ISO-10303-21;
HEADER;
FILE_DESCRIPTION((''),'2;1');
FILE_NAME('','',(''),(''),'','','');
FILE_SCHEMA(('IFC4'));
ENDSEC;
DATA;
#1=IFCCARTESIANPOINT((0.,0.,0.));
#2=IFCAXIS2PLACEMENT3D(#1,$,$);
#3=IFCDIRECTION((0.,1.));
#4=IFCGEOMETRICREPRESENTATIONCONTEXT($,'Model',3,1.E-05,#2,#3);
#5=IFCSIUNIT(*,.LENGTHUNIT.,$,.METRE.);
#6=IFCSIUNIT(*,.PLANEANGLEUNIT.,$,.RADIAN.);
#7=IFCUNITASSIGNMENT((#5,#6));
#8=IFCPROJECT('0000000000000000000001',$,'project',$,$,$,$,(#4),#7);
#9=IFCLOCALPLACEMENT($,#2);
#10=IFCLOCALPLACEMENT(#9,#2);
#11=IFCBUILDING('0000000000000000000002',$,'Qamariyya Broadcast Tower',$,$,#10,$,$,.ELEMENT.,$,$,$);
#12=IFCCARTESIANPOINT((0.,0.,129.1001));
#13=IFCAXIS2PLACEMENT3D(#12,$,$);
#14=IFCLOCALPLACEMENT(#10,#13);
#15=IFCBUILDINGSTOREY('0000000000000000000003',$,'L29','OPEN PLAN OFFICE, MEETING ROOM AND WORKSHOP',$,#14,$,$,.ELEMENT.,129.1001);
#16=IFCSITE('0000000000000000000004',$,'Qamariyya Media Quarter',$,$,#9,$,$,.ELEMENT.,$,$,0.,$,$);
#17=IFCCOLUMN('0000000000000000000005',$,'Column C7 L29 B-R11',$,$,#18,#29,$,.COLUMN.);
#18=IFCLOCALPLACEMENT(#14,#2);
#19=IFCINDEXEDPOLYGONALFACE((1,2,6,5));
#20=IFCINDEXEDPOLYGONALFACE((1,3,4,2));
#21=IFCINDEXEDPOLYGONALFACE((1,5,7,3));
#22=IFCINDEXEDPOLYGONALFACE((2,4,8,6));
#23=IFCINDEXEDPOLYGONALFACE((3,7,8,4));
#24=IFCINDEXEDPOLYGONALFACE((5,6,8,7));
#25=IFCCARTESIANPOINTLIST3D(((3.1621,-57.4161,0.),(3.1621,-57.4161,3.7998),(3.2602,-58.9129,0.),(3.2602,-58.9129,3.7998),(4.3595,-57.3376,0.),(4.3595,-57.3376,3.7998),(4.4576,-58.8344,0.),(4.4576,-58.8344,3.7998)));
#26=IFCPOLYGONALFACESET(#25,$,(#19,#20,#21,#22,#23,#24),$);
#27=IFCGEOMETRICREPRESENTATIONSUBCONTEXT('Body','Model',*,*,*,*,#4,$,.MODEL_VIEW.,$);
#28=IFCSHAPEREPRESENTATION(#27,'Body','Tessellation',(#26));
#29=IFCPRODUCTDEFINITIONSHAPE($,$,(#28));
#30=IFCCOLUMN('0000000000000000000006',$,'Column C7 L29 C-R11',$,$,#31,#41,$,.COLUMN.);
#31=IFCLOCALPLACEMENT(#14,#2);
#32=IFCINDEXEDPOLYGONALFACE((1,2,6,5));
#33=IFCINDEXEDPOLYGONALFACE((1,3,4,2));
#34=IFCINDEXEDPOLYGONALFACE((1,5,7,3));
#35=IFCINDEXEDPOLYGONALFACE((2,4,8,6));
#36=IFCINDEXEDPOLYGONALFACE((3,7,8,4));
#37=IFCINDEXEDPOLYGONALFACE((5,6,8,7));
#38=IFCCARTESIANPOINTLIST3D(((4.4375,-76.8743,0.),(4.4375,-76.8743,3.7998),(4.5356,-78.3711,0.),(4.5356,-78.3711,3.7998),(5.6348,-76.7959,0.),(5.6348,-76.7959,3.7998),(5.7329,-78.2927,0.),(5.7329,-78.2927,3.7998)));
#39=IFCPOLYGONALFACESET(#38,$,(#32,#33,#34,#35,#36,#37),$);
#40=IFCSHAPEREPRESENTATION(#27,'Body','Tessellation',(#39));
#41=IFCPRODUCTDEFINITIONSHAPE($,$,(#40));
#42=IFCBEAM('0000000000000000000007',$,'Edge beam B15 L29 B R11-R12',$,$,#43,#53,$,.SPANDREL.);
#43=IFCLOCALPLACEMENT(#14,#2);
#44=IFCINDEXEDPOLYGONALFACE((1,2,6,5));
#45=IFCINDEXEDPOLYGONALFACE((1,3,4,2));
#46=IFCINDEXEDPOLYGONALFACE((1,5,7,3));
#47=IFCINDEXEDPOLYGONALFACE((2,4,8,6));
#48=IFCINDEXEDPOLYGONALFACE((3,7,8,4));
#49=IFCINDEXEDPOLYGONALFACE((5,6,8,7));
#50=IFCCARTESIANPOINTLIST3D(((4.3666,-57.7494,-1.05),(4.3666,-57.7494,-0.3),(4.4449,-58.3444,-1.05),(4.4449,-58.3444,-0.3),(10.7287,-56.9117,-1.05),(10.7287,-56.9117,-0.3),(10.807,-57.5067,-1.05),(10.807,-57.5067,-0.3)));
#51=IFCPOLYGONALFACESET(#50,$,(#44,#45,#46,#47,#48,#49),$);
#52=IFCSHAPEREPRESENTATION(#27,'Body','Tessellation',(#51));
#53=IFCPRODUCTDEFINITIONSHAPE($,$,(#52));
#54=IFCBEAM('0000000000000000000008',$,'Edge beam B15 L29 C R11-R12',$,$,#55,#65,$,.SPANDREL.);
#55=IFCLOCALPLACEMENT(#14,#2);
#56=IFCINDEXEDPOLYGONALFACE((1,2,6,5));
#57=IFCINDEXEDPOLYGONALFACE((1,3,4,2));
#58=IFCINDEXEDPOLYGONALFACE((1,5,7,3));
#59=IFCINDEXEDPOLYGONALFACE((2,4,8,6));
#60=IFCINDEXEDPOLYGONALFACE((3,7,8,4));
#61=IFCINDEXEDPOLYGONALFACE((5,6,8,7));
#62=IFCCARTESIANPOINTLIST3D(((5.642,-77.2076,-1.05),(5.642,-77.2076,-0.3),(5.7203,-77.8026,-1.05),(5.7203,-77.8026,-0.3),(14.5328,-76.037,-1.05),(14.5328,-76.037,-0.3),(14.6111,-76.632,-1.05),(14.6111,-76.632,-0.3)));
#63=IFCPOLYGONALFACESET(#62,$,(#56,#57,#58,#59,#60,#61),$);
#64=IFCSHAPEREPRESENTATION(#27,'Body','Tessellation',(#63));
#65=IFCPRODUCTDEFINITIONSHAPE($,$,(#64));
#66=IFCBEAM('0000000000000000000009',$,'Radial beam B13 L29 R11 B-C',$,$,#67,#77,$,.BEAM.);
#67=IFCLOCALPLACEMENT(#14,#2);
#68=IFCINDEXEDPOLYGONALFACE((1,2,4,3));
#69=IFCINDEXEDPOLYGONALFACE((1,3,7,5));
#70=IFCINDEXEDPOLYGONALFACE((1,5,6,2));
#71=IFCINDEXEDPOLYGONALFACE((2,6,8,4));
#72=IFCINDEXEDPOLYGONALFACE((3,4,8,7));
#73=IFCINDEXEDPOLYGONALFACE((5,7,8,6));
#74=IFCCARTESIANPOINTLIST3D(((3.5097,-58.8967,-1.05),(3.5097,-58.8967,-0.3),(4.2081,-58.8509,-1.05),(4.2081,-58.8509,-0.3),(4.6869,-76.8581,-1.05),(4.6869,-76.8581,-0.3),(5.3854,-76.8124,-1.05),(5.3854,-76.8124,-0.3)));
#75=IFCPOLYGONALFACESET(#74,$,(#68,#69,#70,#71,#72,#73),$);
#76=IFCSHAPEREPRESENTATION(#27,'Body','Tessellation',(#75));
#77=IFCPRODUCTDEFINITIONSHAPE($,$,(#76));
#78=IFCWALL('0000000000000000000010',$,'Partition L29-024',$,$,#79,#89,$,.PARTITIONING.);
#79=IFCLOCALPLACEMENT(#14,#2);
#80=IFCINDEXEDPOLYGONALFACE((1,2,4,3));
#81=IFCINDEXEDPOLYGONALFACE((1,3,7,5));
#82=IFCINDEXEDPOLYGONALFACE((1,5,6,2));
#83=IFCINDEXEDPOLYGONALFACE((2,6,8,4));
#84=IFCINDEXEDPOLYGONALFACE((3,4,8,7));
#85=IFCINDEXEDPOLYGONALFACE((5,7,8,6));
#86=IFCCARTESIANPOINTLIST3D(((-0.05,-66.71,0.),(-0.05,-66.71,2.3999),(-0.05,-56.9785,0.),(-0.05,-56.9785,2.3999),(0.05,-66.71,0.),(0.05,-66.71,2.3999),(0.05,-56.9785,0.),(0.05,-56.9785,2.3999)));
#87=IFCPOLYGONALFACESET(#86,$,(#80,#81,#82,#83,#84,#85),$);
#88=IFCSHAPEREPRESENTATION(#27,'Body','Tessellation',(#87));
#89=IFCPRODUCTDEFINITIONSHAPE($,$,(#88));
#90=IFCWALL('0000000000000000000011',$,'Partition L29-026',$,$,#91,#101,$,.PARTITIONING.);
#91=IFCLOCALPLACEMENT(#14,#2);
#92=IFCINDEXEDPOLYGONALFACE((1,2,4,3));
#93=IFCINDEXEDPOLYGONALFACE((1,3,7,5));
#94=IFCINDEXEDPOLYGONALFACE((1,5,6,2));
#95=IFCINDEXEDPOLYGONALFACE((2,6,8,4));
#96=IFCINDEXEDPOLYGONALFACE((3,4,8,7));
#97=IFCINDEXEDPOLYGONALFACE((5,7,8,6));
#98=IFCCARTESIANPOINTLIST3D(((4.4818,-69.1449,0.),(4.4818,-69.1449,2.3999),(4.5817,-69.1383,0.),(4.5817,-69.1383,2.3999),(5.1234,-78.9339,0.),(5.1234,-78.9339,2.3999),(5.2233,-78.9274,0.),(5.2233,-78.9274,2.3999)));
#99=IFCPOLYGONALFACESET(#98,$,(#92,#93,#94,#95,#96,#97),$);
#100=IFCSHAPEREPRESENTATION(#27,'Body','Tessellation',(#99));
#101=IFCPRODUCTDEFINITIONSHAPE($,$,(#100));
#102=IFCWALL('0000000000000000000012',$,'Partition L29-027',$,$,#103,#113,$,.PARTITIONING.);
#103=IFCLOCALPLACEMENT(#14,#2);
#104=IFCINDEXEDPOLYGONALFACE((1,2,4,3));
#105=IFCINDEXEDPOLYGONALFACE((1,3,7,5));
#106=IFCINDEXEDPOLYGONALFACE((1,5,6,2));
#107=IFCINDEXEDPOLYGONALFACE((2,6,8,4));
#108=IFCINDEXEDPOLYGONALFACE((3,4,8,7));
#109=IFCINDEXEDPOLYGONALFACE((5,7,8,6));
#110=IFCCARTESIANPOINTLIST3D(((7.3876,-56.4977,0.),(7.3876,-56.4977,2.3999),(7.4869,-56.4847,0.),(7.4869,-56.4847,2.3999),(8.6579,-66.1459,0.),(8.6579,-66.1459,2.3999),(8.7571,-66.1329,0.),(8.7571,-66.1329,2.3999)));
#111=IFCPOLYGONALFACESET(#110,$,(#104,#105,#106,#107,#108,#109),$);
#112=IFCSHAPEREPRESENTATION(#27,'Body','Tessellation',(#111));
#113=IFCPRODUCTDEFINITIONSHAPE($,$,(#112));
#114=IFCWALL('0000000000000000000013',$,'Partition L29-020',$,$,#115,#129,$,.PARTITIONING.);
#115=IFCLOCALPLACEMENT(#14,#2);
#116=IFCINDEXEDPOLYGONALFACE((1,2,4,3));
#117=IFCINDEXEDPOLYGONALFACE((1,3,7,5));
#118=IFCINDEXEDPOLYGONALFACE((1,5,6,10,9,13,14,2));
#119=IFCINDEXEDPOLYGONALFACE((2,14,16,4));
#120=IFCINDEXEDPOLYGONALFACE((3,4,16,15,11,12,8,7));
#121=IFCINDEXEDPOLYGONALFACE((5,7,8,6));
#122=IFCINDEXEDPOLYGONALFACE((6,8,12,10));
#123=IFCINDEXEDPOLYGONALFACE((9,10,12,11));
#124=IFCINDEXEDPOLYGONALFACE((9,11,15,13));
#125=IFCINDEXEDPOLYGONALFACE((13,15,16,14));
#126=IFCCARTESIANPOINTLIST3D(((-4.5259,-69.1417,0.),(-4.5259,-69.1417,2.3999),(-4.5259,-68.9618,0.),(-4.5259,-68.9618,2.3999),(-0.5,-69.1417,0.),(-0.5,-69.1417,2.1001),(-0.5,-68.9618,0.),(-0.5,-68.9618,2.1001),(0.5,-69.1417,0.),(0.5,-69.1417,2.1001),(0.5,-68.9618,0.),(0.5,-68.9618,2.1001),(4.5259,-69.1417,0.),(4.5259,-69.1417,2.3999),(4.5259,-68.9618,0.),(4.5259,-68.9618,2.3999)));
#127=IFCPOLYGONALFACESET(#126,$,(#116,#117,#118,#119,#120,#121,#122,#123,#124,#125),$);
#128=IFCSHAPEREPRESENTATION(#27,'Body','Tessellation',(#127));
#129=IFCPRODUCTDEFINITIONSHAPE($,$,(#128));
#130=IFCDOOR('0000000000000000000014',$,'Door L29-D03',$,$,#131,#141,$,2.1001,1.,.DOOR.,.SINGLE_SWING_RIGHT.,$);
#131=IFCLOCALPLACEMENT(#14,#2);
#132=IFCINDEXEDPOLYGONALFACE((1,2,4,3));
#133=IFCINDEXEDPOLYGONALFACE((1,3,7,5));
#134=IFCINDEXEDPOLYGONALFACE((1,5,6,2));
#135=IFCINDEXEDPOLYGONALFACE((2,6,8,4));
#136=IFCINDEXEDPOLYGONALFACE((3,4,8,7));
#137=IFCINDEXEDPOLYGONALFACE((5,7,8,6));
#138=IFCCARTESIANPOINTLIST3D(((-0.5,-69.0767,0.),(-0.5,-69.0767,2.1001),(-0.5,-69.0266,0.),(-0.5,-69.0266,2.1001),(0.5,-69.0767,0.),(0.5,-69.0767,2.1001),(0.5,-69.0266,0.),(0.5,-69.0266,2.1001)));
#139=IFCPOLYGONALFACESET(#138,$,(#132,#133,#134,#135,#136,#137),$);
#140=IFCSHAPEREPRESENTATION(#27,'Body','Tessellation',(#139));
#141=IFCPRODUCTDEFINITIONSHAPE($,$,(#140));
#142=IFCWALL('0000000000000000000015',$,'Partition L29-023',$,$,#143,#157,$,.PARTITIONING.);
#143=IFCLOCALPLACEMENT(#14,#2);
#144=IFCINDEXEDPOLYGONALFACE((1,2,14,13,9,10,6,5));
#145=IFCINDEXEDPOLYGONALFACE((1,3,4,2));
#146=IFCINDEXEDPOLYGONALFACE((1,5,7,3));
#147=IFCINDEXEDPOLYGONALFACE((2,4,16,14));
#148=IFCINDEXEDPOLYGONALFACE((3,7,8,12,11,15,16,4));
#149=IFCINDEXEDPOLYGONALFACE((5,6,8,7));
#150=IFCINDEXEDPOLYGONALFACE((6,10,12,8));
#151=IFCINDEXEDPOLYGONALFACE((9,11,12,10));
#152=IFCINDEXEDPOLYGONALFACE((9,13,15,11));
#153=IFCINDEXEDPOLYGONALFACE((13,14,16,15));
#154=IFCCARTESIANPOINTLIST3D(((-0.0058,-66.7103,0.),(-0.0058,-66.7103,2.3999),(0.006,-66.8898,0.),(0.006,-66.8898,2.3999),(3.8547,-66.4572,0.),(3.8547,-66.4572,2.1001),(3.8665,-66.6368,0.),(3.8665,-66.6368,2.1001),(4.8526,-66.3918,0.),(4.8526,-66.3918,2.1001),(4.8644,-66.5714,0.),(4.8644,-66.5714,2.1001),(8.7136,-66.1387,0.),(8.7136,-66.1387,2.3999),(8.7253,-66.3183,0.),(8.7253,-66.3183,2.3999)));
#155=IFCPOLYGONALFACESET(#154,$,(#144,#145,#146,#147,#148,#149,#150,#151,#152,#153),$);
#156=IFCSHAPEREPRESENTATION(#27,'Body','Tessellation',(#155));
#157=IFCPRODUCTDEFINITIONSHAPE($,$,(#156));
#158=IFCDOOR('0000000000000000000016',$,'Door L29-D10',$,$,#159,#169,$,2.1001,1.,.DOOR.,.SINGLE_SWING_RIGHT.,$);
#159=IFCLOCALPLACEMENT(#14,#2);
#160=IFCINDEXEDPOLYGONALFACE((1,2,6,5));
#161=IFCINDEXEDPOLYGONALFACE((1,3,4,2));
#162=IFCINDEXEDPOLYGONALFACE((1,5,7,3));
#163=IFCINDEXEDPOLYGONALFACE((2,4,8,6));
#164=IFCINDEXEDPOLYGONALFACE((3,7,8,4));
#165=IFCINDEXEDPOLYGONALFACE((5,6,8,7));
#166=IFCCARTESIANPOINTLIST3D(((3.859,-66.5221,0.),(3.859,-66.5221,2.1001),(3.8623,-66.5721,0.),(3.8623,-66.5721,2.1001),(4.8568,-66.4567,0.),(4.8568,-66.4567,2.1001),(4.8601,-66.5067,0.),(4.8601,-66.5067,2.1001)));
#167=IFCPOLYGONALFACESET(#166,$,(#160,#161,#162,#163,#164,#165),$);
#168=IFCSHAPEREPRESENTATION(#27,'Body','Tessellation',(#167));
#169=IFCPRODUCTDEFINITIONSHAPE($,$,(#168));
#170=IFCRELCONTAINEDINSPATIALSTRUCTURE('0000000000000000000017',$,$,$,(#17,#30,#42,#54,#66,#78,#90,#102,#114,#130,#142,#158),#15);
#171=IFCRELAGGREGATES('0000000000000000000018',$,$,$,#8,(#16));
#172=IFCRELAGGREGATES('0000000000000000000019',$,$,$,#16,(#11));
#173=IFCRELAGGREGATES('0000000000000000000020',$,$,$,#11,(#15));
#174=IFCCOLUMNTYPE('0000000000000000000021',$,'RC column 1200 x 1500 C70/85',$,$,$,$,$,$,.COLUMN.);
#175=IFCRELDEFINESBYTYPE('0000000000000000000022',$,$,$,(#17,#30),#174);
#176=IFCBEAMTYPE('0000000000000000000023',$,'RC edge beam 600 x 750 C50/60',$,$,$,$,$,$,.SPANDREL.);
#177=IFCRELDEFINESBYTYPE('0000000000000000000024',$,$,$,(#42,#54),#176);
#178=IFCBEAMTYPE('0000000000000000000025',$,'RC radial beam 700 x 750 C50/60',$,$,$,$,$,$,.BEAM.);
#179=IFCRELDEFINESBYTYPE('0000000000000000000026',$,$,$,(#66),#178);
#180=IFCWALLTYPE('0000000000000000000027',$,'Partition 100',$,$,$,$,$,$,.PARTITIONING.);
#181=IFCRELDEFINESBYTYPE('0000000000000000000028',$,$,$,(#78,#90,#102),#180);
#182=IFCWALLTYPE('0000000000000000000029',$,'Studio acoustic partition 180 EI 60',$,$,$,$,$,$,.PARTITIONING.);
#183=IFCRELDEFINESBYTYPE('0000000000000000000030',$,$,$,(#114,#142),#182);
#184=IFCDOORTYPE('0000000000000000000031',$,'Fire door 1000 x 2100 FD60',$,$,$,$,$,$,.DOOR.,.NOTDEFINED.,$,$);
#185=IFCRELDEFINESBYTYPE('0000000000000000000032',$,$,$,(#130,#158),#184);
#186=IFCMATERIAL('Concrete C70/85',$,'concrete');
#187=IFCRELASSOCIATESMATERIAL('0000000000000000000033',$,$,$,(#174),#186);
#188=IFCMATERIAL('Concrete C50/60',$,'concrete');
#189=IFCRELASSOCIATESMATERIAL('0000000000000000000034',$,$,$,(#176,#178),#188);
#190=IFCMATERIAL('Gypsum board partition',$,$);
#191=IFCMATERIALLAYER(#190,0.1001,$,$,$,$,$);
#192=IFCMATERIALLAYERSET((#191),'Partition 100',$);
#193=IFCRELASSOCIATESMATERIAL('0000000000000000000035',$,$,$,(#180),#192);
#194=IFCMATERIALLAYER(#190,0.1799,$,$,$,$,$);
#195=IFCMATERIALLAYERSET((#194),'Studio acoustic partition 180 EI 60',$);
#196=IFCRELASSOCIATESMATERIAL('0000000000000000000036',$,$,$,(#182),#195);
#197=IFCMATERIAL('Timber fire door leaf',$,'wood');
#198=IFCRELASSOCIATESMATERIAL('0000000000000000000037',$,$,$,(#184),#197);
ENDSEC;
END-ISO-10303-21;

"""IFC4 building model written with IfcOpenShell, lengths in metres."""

from ifc_helpers import new_model, si_unit, direction, frame, frame_2d, origin, origin_2d, place, context, subcontext, project, spatial, rectangle, extrude, material, layer, layer_set, material_profile, profile_set, type_object, element, fill, save


model = new_model("IFC4")

# Units and contexts
model_context = context("Model", 3, precision=1e-05, world=origin(), true_north=direction((0.0, 1.0)))
body_context = subcontext(model_context, "Body", "Model", "MODEL_VIEW")
ifc_project = project(units=[si_unit("LENGTHUNIT", "METRE"), si_unit("PLANEANGLEUNIT", "RADIAN")], contexts=[model_context])

# Site, building, storey
site_placement = place(None, origin())
site = spatial("IfcSite", under=ifc_project, at=site_placement, Name="Qamariyya Media Quarter", CompositionType="ELEMENT", RefElevation=0.0)
building_placement = place(site_placement, origin())
building = spatial("IfcBuilding", under=site, at=building_placement, Name="Qamariyya Broadcast Tower", CompositionType="ELEMENT")
storey_placement = place(building_placement, frame((0.0, 0.0, 129.1001)))
storey = spatial("IfcBuildingStorey", under=building, at=storey_placement, Name="L29", Description="OPEN PLAN OFFICE, MEETING ROOM AND WORKSHOP", CompositionType="ELEMENT", Elevation=129.1001)

# Columns
ifc_material_1 = material(Name="Concrete C70/85", Category="concrete")
ifc_material_profile_1 = material_profile(ifc_material_1, rectangle(XDim=1.2, YDim=1.5, at=origin_2d()))
ifc_profile_set_1 = profile_set([ifc_material_profile_1], Name="Concrete C70/85")
column_type = type_object("IfcColumnType", Name="RC column 1200 x 1500 C70/85", PredefinedType="COLUMN", material=ifc_profile_set_1)
for number, where, z_axis, x_axis, name in (
    (1, (3.8098, -58.1252, 0.0), (0.0, 0.0, 1.0), (0.997859, 0.065403, 0.0), "Column C7 L29 B-R11"),
    (2, (5.0852, -77.5835, 0.0), (0.0, 0.0, 1.0), (0.997859, 0.065403, 0.0), "Column C7 L29 C-R11"),
):
    element("IfcColumn", number, at=place(storey_placement, frame(where, z_axis=z_axis, x_axis=x_axis)), inside=storey, type_object=column_type, Name=name, PredefinedType="COLUMN", context=body_context, shape_type="SweptSolid", body=[
        extrude(rectangle(XDim=1.2, YDim=1.5, at=origin_2d()), origin(), (0.0, 0.0, 1.0), 3.7998),
    ])

# Beams
ifc_material_2 = material(Name="Concrete C50/60", Category="concrete")
ifc_material_profile_2 = material_profile(ifc_material_2, rectangle(XDim=0.6001, YDim=0.75, at=origin_2d()))
ifc_profile_set_2 = profile_set([ifc_material_profile_2], Name="Concrete C50/60")
beam_type_1 = type_object("IfcBeamType", Name="RC edge beam 600 x 750 C50/60", PredefinedType="SPANDREL", material=ifc_profile_set_2)
beam_1_placement = place(storey_placement, frame((4.4058, -58.0469, -0.675), z_axis=(0.991444, 0.130536, 0.0), x_axis=(-0.130536, 0.991444, 0.0)))
element("IfcBeam", 3, at=beam_1_placement, inside=storey, type_object=beam_type_1, Name="Edge beam B15 L29 B R11-R12", PredefinedType="SPANDREL", context=body_context, shape_type="SweptSolid", body=[
    extrude(rectangle(XDim=0.6001, YDim=0.75, at=origin_2d()), origin(), (0.0, 0.0, 1.0), 6.417),
])
beam_2_placement = place(storey_placement, frame((5.6812, -77.5051, -0.675), z_axis=(0.991443, 0.130543, 0.0), x_axis=(-0.130543, 0.991443, 0.0)))
element("IfcBeam", 4, at=beam_2_placement, inside=storey, type_object=beam_type_1, Name="Edge beam B15 L29 C R11-R12", PredefinedType="SPANDREL", context=body_context, shape_type="SweptSolid", body=[
    extrude(rectangle(XDim=0.6001, YDim=0.75, at=origin_2d()), origin(), (0.0, 0.0, 1.0), 8.9675),
])
ifc_material_profile_3 = material_profile(ifc_material_2, rectangle(XDim=0.7, YDim=0.75, at=origin_2d()))
ifc_profile_set_3 = profile_set([ifc_material_profile_3], Name="Concrete C50/60")
beam_type_2 = type_object("IfcBeamType", Name="RC radial beam 700 x 750 C50/60", PredefinedType="BEAM", material=ifc_profile_set_3)
beam_3_placement = place(storey_placement, frame((3.8589, -58.8738, -0.675), z_axis=(0.065403, -0.997859, 0.0), x_axis=(0.997859, 0.065403, 0.0)))
element("IfcBeam", 5, at=beam_3_placement, inside=storey, type_object=beam_type_2, Name="Radial beam B13 L29 R11 B-C", PredefinedType="BEAM", context=body_context, shape_type="SweptSolid", body=[
    extrude(rectangle(XDim=0.7, YDim=0.75, at=origin_2d()), origin(), (0.0, 0.0, 1.0), 18.0),
])

# Walls
ifc_material_3 = material(Name="Gypsum board partition")
ifc_layer_1 = layer(ifc_material_3, 0.1001)
ifc_layer_set_1 = layer_set([ifc_layer_1], Name="Partition 100")
wall_type_1 = type_object("IfcWallType", Name="Partition 100", PredefinedType="PARTITIONING", material=ifc_layer_set_1)
wall_1_placement = place(storey_placement, frame((0.0, -56.9785, 0.0), z_axis=(0.0, 0.0, 1.0), x_axis=(0.0, -1.0, 0.0)))
element("IfcWall", 6, at=wall_1_placement, inside=storey, type_object=wall_type_1, Name="Partition L29-024", PredefinedType="PARTITIONING", context=body_context, shape_type="SweptSolid", body=[
    extrude(rectangle(XDim=9.7314, YDim=0.1001, at=frame_2d((4.8657, 0.0))), origin(), (0.0, 0.0, 1.0), 2.3999),
])
wall_2_placement = place(storey_placement, frame((5.1733, -78.9307, 0.0), z_axis=(0.0, 0.0, 1.0), x_axis=(-0.065402, 0.997859, 0.0)))
element("IfcWall", 7, at=wall_2_placement, inside=storey, type_object=wall_type_1, Name="Partition L29-026", PredefinedType="PARTITIONING", context=body_context, shape_type="SweptSolid", body=[
    extrude(rectangle(XDim=9.8101, YDim=0.1001, at=frame_2d((4.905, 0.0))), origin(), (0.0, 0.0, 1.0), 2.3999),
])
wall_3_placement = place(storey_placement, frame((7.4373, -56.4912, 0.0), z_axis=(0.0, 0.0, 1.0), x_axis=(0.130532, -0.991444, 0.0)))
element("IfcWall", 8, at=wall_3_placement, inside=storey, type_object=wall_type_1, Name="Partition L29-027", PredefinedType="PARTITIONING", context=body_context, shape_type="SweptSolid", body=[
    extrude(rectangle(XDim=9.7314, YDim=0.1001, at=frame_2d((4.8657, 0.0))), origin(), (0.0, 0.0, 1.0), 2.3999),
])

# Walls, openings, doors
ifc_layer_2 = layer(ifc_material_3, 0.1799)
ifc_layer_set_2 = layer_set([ifc_layer_2], Name="Studio acoustic partition 180 EI 60")
wall_type_2 = type_object("IfcWallType", Name="Studio acoustic partition 180 EI 60", PredefinedType="PARTITIONING", material=ifc_layer_set_2)
wall_4_placement = place(storey_placement, frame((4.5259, -69.0518, 0.0), z_axis=(0.0, 0.0, 1.0), x_axis=(-1.0, 0.0, 0.0)))
wall_4 = element("IfcWall", 9, at=wall_4_placement, inside=storey, type_object=wall_type_2, Name="Partition L29-020", PredefinedType="PARTITIONING", context=body_context, shape_type="SweptSolid", body=[
    extrude(rectangle(XDim=9.0518, YDim=0.1799, at=frame_2d((4.5259, 0.0))), origin(), (0.0, 0.0, 1.0), 2.3999),
])
opening_1_placement = place(wall_4_placement, frame((4.0259, 0.0, 0.0)))
opening_1 = element("IfcOpeningElement", 10, at=opening_1_placement, cuts=wall_4, PredefinedType="OPENING", context=body_context, shape_type="SweptSolid", body=[
    extrude(rectangle(XDim=1.0, YDim=2.1001, at=frame_2d((0.5, 1.05))), frame((0.0, 0.0999, 0.0), z_axis=(0.0, -1.0, 0.0), x_axis=(1.0, 0.0, 0.0)), (0.0, 0.0, 1.0), 0.2),
])
ifc_material_4 = material(Name="Timber fire door leaf", Category="wood")
door_type_1 = type_object("IfcDoorType", Name="Fire door 1000 x 2100 FD60", OperationType="NOTDEFINED", PredefinedType="DOOR", material=ifc_material_4)
door_1_placement = place(opening_1_placement, origin())
door_1 = element("IfcDoor", 11, at=door_1_placement, inside=storey, type_object=door_type_1, Name="Door L29-D03", OperationType="SINGLE_SWING_RIGHT", OverallHeight=2.1001, OverallWidth=1.0, PredefinedType="DOOR", context=body_context, shape_type="SweptSolid", body=[
    extrude(rectangle(XDim=1.0, YDim=2.1001, at=frame_2d((0.5, 1.05))), frame((0.0, 0.0249, 0.0), z_axis=(0.0, -1.0, 0.0), x_axis=(1.0, 0.0, 0.0)), (0.0, 0.0, 1.0), 0.05),
])
fill(opening_1, door_1)
wall_5_placement = place(storey_placement, frame((0.0, -66.8, 0.0), z_axis=(0.0, 0.0, 1.0), x_axis=(0.997859, 0.065408, 0.0)))
wall_5 = element("IfcWall", 12, at=wall_5_placement, inside=storey, type_object=wall_type_2, Name="Partition L29-023", PredefinedType="PARTITIONING", context=body_context, shape_type="SweptSolid", body=[
    extrude(rectangle(XDim=8.738, YDim=0.1799, at=frame_2d((4.3691, 0.0))), origin(), (0.0, 0.0, 1.0), 2.3999),
])
opening_2_placement = place(wall_5_placement, frame((3.8689, 0.0, 0.0)))
opening_2 = element("IfcOpeningElement", 13, at=opening_2_placement, cuts=wall_5, PredefinedType="OPENING", context=body_context, shape_type="SweptSolid", body=[
    extrude(rectangle(XDim=1.0, YDim=2.1001, at=frame_2d((0.5, 1.05))), frame((0.0, 0.0999, 0.0), z_axis=(0.0, -1.0, 0.0), x_axis=(1.0, 0.0, 0.0)), (0.0, 0.0, 1.0), 0.2),
])
door_2_placement = place(opening_2_placement, origin())
door_2 = element("IfcDoor", 14, at=door_2_placement, inside=storey, type_object=door_type_1, Name="Door L29-D10", OperationType="SINGLE_SWING_RIGHT", OverallHeight=2.1001, OverallWidth=1.0, PredefinedType="DOOR", context=body_context, shape_type="SweptSolid", body=[
    extrude(rectangle(XDim=1.0, YDim=2.1001, at=frame_2d((0.5, 1.05))), frame((0.0, 0.0249, 0.0), z_axis=(0.0, -1.0, 0.0), x_axis=(1.0, 0.0, 0.0)), (0.0, 0.0, 1.0), 0.05),
])
fill(opening_2, door_2)

save(model, "model.ifc")
